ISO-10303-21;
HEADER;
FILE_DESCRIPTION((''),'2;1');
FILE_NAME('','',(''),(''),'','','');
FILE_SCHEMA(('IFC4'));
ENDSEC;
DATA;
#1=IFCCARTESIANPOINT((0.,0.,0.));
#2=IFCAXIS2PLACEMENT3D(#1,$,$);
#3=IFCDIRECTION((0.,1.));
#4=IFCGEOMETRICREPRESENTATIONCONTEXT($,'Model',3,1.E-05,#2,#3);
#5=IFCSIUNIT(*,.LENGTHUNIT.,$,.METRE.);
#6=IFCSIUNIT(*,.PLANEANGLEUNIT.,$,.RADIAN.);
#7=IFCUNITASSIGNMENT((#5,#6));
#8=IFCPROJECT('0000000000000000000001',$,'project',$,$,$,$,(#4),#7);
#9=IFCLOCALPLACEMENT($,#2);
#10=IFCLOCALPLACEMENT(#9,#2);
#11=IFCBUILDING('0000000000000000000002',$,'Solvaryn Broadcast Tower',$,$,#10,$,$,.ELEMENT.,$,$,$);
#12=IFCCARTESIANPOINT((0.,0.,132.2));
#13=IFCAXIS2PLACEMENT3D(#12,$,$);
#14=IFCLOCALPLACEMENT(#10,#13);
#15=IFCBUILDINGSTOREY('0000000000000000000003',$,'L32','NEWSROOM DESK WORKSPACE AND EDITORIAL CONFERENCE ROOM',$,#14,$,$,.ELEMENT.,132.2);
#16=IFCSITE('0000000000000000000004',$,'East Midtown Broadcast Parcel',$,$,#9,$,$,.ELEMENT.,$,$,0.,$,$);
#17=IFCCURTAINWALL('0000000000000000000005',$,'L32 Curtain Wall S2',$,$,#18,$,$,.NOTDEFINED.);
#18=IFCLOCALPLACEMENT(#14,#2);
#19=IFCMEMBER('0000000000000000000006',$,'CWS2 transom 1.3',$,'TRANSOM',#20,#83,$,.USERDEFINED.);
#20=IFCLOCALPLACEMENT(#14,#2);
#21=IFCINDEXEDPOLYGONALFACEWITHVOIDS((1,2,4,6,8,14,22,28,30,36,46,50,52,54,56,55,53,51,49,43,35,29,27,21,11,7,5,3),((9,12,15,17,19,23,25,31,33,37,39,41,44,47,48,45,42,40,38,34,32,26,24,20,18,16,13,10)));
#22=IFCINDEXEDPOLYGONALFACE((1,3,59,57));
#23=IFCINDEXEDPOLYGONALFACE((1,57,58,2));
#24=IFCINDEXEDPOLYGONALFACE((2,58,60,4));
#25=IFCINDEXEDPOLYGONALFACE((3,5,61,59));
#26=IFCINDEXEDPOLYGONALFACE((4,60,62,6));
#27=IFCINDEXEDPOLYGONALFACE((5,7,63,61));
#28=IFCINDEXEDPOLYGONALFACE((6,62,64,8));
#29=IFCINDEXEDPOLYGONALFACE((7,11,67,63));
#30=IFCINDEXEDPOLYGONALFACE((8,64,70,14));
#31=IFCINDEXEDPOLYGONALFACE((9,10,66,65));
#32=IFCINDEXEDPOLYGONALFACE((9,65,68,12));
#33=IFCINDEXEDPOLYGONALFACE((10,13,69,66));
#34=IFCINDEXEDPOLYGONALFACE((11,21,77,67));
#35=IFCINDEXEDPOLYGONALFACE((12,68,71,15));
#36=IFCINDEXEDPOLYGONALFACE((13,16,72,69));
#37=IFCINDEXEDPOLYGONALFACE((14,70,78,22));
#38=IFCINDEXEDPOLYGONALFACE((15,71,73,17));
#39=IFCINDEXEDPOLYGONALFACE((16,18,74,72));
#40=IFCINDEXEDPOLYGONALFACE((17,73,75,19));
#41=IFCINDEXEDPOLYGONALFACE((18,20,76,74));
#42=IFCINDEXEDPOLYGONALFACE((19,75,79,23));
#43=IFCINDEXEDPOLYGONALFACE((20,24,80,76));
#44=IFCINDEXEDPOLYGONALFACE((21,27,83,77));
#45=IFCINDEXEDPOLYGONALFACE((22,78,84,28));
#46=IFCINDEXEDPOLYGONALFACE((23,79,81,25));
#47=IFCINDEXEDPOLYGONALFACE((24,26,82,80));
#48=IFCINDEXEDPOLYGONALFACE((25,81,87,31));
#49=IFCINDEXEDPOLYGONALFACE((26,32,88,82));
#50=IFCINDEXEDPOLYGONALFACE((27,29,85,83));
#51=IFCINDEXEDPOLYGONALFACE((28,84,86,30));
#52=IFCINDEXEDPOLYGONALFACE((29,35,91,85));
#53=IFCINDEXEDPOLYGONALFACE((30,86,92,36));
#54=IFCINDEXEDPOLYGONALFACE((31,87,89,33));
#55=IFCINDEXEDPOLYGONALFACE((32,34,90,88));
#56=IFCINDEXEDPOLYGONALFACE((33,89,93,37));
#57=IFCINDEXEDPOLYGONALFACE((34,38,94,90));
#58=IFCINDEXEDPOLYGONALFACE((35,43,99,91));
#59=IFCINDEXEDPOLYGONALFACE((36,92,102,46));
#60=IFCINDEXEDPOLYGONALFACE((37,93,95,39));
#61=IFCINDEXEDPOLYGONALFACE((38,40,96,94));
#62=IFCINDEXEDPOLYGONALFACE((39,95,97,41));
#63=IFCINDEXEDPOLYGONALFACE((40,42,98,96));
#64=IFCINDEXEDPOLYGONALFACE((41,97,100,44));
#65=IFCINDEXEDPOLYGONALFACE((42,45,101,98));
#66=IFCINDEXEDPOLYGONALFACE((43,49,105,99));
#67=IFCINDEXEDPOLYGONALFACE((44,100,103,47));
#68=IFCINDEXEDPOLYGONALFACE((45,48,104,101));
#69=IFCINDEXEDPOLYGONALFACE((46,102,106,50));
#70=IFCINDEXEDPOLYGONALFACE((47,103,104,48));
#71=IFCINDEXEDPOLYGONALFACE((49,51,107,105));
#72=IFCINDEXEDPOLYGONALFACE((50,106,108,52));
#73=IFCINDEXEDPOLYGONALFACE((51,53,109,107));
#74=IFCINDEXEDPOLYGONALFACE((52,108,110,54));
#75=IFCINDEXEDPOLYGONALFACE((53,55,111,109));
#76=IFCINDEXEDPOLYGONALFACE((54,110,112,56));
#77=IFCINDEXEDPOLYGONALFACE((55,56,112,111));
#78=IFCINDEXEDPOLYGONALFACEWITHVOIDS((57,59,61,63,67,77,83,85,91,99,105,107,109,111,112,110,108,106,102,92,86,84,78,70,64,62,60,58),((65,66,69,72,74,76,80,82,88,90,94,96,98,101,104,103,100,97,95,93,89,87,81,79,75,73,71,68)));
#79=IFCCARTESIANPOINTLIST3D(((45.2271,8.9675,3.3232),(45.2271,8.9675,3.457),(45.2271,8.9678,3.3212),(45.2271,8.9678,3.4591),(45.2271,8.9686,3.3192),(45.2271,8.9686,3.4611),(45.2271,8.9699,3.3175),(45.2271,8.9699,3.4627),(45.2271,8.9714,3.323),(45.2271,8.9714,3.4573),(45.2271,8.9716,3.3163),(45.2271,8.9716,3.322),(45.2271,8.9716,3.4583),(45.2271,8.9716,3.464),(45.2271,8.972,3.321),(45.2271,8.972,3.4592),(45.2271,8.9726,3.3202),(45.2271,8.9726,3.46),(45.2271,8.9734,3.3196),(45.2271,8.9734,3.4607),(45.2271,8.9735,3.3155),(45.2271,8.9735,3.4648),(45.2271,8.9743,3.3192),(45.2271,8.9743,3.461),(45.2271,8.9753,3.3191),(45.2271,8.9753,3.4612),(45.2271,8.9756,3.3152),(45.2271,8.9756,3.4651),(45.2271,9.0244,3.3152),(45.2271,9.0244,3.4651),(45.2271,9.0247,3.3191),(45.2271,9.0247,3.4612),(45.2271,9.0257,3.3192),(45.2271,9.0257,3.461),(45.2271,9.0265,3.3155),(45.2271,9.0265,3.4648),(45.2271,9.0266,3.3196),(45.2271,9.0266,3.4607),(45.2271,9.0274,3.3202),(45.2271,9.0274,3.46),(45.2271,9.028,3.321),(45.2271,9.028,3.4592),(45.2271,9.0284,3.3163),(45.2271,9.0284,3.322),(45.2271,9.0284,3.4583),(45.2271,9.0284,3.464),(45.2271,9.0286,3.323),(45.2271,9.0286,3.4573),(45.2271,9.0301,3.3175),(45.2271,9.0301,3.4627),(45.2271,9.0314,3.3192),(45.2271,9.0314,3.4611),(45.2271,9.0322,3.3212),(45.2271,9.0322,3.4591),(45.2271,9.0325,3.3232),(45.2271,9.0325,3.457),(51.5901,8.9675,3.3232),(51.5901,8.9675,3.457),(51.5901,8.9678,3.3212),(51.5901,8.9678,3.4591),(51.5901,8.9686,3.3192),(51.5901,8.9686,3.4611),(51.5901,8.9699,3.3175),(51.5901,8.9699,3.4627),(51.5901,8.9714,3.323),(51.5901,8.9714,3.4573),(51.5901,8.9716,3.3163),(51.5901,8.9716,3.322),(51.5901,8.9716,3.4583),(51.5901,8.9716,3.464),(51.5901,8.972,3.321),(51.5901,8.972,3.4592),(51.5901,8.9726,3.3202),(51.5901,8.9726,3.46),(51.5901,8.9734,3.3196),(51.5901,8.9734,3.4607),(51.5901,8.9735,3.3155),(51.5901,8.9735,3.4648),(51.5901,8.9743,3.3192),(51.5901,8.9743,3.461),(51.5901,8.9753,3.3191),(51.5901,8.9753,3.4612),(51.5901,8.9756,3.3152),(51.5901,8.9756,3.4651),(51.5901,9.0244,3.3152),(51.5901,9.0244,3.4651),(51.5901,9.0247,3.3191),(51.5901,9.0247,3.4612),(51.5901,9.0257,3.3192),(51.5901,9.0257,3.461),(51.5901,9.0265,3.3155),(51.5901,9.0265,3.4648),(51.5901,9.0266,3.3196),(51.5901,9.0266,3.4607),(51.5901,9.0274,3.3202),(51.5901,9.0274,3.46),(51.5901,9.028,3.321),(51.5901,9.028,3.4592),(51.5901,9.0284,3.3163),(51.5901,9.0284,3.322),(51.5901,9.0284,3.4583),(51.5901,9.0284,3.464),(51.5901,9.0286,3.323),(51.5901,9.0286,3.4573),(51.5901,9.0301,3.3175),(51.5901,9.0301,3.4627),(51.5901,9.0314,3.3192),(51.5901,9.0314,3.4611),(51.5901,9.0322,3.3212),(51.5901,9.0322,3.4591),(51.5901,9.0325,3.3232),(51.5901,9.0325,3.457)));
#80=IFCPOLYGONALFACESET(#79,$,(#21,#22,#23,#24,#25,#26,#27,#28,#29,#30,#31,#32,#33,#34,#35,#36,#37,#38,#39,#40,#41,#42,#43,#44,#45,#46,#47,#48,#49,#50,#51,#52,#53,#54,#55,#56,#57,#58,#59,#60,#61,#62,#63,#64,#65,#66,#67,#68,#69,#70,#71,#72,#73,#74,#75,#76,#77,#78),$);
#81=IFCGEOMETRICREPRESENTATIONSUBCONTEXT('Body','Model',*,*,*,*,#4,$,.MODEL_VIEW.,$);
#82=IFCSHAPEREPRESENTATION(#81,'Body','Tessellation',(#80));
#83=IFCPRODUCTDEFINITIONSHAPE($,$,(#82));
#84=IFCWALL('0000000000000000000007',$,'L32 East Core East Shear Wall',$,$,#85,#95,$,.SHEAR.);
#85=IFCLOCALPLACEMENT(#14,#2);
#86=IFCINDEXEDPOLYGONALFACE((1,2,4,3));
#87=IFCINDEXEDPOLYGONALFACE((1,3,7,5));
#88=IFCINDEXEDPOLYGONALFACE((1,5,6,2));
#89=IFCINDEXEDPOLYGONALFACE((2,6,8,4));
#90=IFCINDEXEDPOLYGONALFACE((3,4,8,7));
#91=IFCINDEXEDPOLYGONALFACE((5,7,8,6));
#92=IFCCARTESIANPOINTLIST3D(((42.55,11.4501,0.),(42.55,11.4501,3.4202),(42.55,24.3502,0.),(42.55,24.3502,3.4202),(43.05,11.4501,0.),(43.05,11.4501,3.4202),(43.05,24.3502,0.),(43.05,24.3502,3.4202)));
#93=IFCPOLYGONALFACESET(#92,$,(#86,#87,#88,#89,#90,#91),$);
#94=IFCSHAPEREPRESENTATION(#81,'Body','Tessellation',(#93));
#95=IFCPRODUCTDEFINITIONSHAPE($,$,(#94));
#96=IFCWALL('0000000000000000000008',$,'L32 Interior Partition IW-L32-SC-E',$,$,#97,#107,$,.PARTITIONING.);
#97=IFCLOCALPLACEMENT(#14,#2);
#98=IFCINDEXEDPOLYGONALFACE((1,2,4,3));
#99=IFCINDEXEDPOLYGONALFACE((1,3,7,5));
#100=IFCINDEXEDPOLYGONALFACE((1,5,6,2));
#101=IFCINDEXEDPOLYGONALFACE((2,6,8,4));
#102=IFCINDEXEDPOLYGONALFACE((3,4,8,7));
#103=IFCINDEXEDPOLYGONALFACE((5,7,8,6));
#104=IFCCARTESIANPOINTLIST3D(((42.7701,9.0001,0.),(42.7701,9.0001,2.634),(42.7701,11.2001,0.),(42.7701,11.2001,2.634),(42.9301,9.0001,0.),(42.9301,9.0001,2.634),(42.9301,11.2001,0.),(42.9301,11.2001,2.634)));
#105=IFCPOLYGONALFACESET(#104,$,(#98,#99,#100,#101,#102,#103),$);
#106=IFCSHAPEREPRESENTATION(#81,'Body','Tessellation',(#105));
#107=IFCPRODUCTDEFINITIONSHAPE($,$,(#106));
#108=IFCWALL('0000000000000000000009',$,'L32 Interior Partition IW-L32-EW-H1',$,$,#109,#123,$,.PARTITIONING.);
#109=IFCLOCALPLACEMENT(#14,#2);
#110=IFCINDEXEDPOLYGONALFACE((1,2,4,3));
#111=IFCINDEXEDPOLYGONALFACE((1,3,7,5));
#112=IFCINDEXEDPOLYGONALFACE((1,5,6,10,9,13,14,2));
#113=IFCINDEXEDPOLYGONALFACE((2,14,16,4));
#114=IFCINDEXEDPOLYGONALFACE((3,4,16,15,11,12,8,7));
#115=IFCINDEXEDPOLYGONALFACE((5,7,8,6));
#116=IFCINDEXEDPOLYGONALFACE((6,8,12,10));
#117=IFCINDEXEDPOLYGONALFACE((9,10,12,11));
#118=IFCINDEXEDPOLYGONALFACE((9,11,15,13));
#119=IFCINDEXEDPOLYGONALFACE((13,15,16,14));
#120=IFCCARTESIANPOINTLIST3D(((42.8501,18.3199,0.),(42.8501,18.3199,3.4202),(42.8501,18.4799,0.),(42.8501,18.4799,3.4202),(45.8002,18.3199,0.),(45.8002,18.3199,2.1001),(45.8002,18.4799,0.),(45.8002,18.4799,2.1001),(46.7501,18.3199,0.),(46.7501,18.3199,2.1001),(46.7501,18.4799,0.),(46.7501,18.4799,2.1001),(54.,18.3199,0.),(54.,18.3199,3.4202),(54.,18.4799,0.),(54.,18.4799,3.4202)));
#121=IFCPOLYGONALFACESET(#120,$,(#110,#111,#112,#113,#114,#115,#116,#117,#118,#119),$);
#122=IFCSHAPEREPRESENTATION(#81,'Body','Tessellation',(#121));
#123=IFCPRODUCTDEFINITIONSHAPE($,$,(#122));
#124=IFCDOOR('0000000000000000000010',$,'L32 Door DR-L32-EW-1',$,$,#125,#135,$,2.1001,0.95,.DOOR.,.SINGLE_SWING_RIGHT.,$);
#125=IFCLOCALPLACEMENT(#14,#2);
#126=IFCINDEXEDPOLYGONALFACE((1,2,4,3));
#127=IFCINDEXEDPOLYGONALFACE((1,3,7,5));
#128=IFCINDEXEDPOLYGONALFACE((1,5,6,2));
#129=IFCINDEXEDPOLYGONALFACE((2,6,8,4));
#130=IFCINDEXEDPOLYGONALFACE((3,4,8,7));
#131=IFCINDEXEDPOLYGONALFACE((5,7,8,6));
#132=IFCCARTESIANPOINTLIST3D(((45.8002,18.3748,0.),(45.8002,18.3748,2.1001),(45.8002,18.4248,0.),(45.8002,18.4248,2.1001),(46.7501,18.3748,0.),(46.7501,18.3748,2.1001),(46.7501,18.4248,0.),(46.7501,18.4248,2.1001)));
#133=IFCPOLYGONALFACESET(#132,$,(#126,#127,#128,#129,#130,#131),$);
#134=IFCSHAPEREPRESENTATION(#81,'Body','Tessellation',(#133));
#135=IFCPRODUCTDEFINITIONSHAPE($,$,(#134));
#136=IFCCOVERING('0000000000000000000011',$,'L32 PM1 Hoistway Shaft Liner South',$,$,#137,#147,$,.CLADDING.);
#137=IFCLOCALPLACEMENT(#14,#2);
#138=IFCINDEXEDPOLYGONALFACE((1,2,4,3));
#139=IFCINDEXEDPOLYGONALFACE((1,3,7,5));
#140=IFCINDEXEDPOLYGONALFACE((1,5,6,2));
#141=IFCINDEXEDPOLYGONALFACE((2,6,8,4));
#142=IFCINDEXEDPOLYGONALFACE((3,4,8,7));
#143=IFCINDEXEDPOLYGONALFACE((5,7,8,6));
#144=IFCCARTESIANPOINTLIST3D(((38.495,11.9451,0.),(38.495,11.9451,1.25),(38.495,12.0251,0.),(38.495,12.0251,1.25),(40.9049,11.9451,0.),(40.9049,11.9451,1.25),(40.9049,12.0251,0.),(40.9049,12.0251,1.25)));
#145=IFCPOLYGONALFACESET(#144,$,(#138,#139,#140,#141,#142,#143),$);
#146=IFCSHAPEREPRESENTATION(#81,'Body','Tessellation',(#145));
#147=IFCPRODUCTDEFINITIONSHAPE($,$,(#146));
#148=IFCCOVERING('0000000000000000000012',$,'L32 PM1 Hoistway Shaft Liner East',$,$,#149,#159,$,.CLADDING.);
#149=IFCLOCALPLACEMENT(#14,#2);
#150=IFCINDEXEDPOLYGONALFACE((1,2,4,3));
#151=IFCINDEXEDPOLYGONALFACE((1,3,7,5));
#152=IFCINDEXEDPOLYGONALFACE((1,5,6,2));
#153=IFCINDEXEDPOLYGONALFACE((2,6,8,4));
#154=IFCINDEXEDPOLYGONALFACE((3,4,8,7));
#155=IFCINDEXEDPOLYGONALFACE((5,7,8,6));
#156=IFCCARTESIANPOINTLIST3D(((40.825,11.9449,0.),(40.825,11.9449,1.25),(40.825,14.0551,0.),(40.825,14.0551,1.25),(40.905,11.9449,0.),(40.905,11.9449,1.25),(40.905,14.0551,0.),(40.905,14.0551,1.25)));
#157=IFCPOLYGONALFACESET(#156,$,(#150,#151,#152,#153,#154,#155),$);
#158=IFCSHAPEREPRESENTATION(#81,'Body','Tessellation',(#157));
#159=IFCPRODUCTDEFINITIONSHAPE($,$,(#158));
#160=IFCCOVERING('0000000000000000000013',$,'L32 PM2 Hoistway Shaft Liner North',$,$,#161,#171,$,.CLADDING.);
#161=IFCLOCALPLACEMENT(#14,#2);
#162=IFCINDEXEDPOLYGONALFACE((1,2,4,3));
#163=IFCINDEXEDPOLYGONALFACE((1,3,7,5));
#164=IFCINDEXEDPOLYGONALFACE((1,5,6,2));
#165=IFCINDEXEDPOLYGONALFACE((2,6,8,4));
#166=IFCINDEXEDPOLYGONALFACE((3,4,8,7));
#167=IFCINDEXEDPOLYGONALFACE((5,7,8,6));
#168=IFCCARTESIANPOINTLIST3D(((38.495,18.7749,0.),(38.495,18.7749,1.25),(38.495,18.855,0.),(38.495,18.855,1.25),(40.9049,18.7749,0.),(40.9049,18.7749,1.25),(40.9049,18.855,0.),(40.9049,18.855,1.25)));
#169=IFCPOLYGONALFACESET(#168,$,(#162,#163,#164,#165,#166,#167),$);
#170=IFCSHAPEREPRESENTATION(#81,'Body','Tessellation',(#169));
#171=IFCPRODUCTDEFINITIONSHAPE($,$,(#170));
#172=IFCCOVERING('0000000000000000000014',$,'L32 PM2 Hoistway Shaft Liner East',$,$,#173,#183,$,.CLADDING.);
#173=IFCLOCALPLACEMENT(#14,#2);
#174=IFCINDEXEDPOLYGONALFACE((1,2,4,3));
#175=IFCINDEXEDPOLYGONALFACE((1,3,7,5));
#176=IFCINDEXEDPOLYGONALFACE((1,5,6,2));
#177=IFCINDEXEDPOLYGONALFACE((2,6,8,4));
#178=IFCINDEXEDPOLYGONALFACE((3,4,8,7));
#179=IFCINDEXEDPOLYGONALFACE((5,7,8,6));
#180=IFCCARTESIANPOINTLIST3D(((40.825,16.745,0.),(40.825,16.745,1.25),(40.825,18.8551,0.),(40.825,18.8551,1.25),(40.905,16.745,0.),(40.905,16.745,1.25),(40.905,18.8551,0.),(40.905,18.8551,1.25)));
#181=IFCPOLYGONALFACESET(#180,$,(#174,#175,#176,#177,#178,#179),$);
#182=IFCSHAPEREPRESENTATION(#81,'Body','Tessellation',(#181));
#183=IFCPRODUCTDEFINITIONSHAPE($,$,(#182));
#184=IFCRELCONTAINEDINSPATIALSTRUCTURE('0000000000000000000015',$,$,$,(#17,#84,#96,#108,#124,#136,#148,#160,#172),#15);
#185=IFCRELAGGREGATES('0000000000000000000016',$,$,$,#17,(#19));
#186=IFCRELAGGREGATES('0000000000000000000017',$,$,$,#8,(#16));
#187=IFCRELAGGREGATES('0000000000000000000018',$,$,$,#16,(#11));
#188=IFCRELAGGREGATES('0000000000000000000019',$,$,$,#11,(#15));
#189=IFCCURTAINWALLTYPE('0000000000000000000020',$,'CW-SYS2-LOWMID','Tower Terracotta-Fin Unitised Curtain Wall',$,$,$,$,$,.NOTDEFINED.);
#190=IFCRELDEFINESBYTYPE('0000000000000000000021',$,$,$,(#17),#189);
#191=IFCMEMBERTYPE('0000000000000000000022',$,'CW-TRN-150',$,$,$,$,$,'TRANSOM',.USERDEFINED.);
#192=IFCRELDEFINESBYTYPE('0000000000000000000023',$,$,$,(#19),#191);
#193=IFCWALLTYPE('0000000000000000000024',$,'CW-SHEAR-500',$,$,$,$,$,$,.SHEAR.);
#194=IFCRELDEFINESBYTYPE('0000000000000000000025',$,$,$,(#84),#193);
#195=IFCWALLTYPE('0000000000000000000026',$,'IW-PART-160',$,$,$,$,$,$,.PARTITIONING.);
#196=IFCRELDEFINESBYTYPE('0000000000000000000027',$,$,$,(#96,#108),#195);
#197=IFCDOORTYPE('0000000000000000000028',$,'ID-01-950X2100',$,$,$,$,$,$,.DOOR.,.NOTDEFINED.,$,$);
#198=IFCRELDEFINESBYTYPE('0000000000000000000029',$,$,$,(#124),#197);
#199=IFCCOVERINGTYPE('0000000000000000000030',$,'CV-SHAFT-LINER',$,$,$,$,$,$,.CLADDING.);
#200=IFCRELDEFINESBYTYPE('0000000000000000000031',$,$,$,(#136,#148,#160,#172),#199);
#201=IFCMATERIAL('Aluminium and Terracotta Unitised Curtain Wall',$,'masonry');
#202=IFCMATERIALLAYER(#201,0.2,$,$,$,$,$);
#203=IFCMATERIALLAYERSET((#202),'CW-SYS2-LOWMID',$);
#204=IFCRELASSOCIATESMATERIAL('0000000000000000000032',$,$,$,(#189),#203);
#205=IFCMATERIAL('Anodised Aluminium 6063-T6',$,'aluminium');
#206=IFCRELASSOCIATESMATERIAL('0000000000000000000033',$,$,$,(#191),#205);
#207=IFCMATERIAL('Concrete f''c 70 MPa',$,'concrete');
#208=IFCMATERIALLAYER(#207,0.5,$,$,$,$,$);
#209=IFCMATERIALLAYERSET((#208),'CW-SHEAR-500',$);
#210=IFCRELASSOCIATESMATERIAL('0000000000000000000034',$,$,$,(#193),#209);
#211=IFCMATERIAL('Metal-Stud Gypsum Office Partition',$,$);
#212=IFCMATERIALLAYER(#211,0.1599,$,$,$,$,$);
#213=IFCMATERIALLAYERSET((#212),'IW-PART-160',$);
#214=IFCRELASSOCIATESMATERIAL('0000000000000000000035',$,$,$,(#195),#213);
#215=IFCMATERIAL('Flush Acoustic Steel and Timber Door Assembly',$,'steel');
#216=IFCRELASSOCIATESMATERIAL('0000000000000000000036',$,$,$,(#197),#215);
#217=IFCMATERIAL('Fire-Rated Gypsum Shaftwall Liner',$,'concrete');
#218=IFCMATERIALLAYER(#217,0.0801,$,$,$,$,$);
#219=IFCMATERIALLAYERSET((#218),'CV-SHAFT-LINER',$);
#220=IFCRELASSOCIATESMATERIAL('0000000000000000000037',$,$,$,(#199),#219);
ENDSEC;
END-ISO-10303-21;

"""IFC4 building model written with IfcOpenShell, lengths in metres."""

from ifc_helpers import new_model, si_unit, direction, frame, frame_2d, origin, origin_2d, place, context, subcontext, project, spatial, rectangle, hollow_rectangle, extrude, material, layer, layer_set, material_profile, profile_set, type_object, element, fill, aggregate, save


model = new_model("IFC4")

# Units and contexts
model_context = context("Model", 3, precision=1e-05, world=origin(), true_north=direction((0.0, 1.0)))
body_context = subcontext(model_context, "Body", "Model", "MODEL_VIEW")
ifc_project = project(units=[si_unit("LENGTHUNIT", "METRE"), si_unit("PLANEANGLEUNIT", "RADIAN")], contexts=[model_context])

# Site, building, storey
site_placement = place(None, origin())
site = spatial("IfcSite", under=ifc_project, at=site_placement, Name="East Midtown Broadcast Parcel", CompositionType="ELEMENT", RefElevation=0.0)
building_placement = place(site_placement, origin())
building = spatial("IfcBuilding", under=site, at=building_placement, Name="Solvaryn Broadcast Tower", CompositionType="ELEMENT")
storey_placement = place(building_placement, frame((0.0, 0.0, 132.2)))
storey = spatial("IfcBuildingStorey", under=building, at=storey_placement, Name="L32", Description="NEWSROOM DESK WORKSPACE AND EDITORIAL CONFERENCE ROOM", CompositionType="ELEMENT", Elevation=132.2)

# Shared definitions
ifc_material_1 = material(Name="Aluminium and Terracotta Unitised Curtain Wall", Category="masonry")
ifc_layer_1 = layer(ifc_material_1, 0.2)
ifc_layer_set_1 = layer_set([ifc_layer_1], Name="CW-SYS2-LOWMID")
curtain_wall_type = type_object("IfcCurtainWallType", Name="CW-SYS2-LOWMID", Description="Tower Terracotta-Fin Unitised Curtain Wall", PredefinedType="NOTDEFINED", material=ifc_layer_set_1)

# Curtain wall, member
curtain_wall_1_placement = place(storey_placement, origin())
curtain_wall_1 = element("IfcCurtainWall", 1, at=curtain_wall_1_placement, inside=storey, type_object=curtain_wall_type, Name="L32 Curtain Wall S2", PredefinedType="NOTDEFINED")
ifc_material_2 = material(Name="Anodised Aluminium 6063-T6", Category="aluminium")
ifc_material_profile_1 = material_profile(ifc_material_2, hollow_rectangle(XDim=0.0649, YDim=0.1499, WallThickness=0.0039, InnerFilletRadius=0.0039, OuterFilletRadius=0.0081, at=origin_2d()))
ifc_profile_set_1 = profile_set([ifc_material_profile_1], Name="Anodised Aluminium 6063-T6")
member_type_1 = type_object("IfcMemberType", Name="CW-TRN-150", ElementType="TRANSOM", PredefinedType="USERDEFINED", material=ifc_profile_set_1)
member_1_placement = place(storey_placement, frame((45.2271, 9.0, 3.3901), z_axis=(1.0, 0.0, 0.0), x_axis=(0.0, 1.0, 0.0)))
member_1 = element("IfcMember", 2, at=member_1_placement, type_object=member_type_1, Name="CWS2 transom 1.3", ObjectType="TRANSOM", PredefinedType="USERDEFINED", context=body_context, shape_type="SweptSolid", body=[
    extrude(hollow_rectangle(XDim=0.0649, YDim=0.1499, WallThickness=0.0039, InnerFilletRadius=0.0039, OuterFilletRadius=0.0081, at=origin_2d()), origin(), (0.0, 0.0, 1.0), 6.363),
])
aggregate(curtain_wall_1, [member_1])

# Walls
ifc_material_3 = material(Name="Concrete f'c 70 MPa", Category="concrete")
ifc_layer_2 = layer(ifc_material_3, 0.5)
ifc_layer_set_2 = layer_set([ifc_layer_2], Name="CW-SHEAR-500")
wall_type_1 = type_object("IfcWallType", Name="CW-SHEAR-500", PredefinedType="SHEAR", material=ifc_layer_set_2)
wall_1_placement = place(storey_placement, frame((42.8, 11.45, 0.0), z_axis=(0.0, 0.0, 1.0), x_axis=(0.0, 1.0, 0.0)))
element("IfcWall", 3, at=wall_1_placement, inside=storey, type_object=wall_type_1, Name="L32 East Core East Shear Wall", PredefinedType="SHEAR", context=body_context, shape_type="SweptSolid", body=[
    extrude(rectangle(XDim=12.9001, YDim=0.5, at=frame_2d((6.4502, 0.0))), origin(), (0.0, 0.0, 1.0), 3.4202),
])
ifc_material_4 = material(Name="Metal-Stud Gypsum Office Partition")
ifc_layer_3 = layer(ifc_material_4, 0.1599)
ifc_layer_set_3 = layer_set([ifc_layer_3], Name="IW-PART-160")
wall_type_2 = type_object("IfcWallType", Name="IW-PART-160", PredefinedType="PARTITIONING", material=ifc_layer_set_3)
wall_2_placement = place(storey_placement, frame((42.8501, 9.0, 0.0), z_axis=(0.0, 0.0, 1.0), x_axis=(0.0, 1.0, 0.0)))
element("IfcWall", 4, at=wall_2_placement, inside=storey, type_object=wall_type_2, Name="L32 Interior Partition IW-L32-SC-E", PredefinedType="PARTITIONING", context=body_context, shape_type="SweptSolid", body=[
    extrude(rectangle(XDim=2.2, YDim=0.1599, at=frame_2d((1.1001, 0.0))), origin(), (0.0, 0.0, 1.0), 2.634),
])

# Wall, opening, door
wall_3_placement = place(storey_placement, frame((42.8501, 18.3999, 0.0), z_axis=(0.0, 0.0, 1.0), x_axis=(1.0, 0.0, 0.0)))
wall_3 = element("IfcWall", 5, at=wall_3_placement, inside=storey, type_object=wall_type_2, Name="L32 Interior Partition IW-L32-EW-H1", PredefinedType="PARTITIONING", context=body_context, shape_type="SweptSolid", body=[
    extrude(rectangle(XDim=11.1499, YDim=0.1599, at=frame_2d((5.575, 0.0))), origin(), (0.0, 0.0, 1.0), 3.4202),
])
opening_1_placement = place(wall_3_placement, frame((2.95, 0.0, 0.0)))
opening_1 = element("IfcOpeningElement", 6, at=opening_1_placement, cuts=wall_3, PredefinedType="OPENING", context=body_context, shape_type="SweptSolid", body=[
    extrude(rectangle(XDim=0.95, YDim=2.1001, at=frame_2d((0.4751, 1.05))), frame((0.0, 0.0901, 0.0), z_axis=(0.0, -1.0, 0.0), x_axis=(1.0, 0.0, 0.0)), (0.0, 0.0, 1.0), 0.1799),
])
ifc_material_5 = material(Name="Flush Acoustic Steel and Timber Door Assembly", Category="steel")
door_type_1 = type_object("IfcDoorType", Name="ID-01-950X2100", OperationType="NOTDEFINED", PredefinedType="DOOR", material=ifc_material_5)
door_1_placement = place(opening_1_placement, origin())
door_1 = element("IfcDoor", 7, at=door_1_placement, inside=storey, type_object=door_type_1, Name="L32 Door DR-L32-EW-1", OperationType="SINGLE_SWING_RIGHT", OverallHeight=2.1001, OverallWidth=0.95, PredefinedType="DOOR", context=body_context, shape_type="SweptSolid", body=[
    extrude(rectangle(XDim=0.95, YDim=2.1001, at=frame_2d((0.4751, 1.05))), frame((0.0, 0.0249, 0.0), z_axis=(0.0, -1.0, 0.0), x_axis=(1.0, 0.0, 0.0)), (0.0, 0.0, 1.0), 0.05),
])
fill(opening_1, door_1)

# Coverings
ifc_material_6 = material(Name="Fire-Rated Gypsum Shaftwall Liner", Category="concrete")
ifc_layer_4 = layer(ifc_material_6, 0.0801)
ifc_layer_set_4 = layer_set([ifc_layer_4], Name="CV-SHAFT-LINER")
covering_type_1 = type_object("IfcCoveringType", Name="CV-SHAFT-LINER", PredefinedType="CLADDING", material=ifc_layer_set_4)
covering_1_placement = place(storey_placement, frame((39.7, 11.9851, 0.0), z_axis=(0.0, 0.0, 1.0), x_axis=(1.0, 0.0, 0.0)))
element("IfcCovering", 8, at=covering_1_placement, inside=storey, type_object=covering_type_1, Name="L32 PM1 Hoistway Shaft Liner South", PredefinedType="CLADDING", context=body_context, shape_type="SweptSolid", body=[
    extrude(rectangle(XDim=2.4099, YDim=0.0801, at=origin_2d()), origin(), (0.0, 0.0, 1.0), 1.25),
])
covering_2_placement = place(storey_placement, frame((40.865, 13.0, 0.0), z_axis=(0.0, 0.0, 1.0), x_axis=(1.0, 0.0, 0.0)))
element("IfcCovering", 9, at=covering_2_placement, inside=storey, type_object=covering_type_1, Name="L32 PM1 Hoistway Shaft Liner East", PredefinedType="CLADDING", context=body_context, shape_type="SweptSolid", body=[
    extrude(rectangle(XDim=0.0801, YDim=2.1101, at=origin_2d()), origin(), (0.0, 0.0, 1.0), 1.25),
])
covering_3_placement = place(storey_placement, frame((39.7, 18.8149, 0.0), z_axis=(0.0, 0.0, 1.0), x_axis=(1.0, 0.0, 0.0)))
element("IfcCovering", 10, at=covering_3_placement, inside=storey, type_object=covering_type_1, Name="L32 PM2 Hoistway Shaft Liner North", PredefinedType="CLADDING", context=body_context, shape_type="SweptSolid", body=[
    extrude(rectangle(XDim=2.4099, YDim=0.0801, at=origin_2d()), origin(), (0.0, 0.0, 1.0), 1.25),
])
for number, where, z_axis, x_axis, name in (
    (11, (40.865, 17.8, 0.0), (0.0, 0.0, 1.0), (1.0, 0.0, 0.0), "L32 PM2 Hoistway Shaft Liner East"),
):
    element("IfcCovering", number, at=place(storey_placement, frame(where, z_axis=z_axis, x_axis=x_axis)), inside=storey, type_object=covering_type_1, Name=name, PredefinedType="CLADDING", context=body_context, shape_type="SweptSolid", body=[
        extrude(rectangle(XDim=0.0801, YDim=2.1101, at=origin_2d()), origin(), (0.0, 0.0, 1.0), 1.25),
    ])

save(model, "model.ifc")
